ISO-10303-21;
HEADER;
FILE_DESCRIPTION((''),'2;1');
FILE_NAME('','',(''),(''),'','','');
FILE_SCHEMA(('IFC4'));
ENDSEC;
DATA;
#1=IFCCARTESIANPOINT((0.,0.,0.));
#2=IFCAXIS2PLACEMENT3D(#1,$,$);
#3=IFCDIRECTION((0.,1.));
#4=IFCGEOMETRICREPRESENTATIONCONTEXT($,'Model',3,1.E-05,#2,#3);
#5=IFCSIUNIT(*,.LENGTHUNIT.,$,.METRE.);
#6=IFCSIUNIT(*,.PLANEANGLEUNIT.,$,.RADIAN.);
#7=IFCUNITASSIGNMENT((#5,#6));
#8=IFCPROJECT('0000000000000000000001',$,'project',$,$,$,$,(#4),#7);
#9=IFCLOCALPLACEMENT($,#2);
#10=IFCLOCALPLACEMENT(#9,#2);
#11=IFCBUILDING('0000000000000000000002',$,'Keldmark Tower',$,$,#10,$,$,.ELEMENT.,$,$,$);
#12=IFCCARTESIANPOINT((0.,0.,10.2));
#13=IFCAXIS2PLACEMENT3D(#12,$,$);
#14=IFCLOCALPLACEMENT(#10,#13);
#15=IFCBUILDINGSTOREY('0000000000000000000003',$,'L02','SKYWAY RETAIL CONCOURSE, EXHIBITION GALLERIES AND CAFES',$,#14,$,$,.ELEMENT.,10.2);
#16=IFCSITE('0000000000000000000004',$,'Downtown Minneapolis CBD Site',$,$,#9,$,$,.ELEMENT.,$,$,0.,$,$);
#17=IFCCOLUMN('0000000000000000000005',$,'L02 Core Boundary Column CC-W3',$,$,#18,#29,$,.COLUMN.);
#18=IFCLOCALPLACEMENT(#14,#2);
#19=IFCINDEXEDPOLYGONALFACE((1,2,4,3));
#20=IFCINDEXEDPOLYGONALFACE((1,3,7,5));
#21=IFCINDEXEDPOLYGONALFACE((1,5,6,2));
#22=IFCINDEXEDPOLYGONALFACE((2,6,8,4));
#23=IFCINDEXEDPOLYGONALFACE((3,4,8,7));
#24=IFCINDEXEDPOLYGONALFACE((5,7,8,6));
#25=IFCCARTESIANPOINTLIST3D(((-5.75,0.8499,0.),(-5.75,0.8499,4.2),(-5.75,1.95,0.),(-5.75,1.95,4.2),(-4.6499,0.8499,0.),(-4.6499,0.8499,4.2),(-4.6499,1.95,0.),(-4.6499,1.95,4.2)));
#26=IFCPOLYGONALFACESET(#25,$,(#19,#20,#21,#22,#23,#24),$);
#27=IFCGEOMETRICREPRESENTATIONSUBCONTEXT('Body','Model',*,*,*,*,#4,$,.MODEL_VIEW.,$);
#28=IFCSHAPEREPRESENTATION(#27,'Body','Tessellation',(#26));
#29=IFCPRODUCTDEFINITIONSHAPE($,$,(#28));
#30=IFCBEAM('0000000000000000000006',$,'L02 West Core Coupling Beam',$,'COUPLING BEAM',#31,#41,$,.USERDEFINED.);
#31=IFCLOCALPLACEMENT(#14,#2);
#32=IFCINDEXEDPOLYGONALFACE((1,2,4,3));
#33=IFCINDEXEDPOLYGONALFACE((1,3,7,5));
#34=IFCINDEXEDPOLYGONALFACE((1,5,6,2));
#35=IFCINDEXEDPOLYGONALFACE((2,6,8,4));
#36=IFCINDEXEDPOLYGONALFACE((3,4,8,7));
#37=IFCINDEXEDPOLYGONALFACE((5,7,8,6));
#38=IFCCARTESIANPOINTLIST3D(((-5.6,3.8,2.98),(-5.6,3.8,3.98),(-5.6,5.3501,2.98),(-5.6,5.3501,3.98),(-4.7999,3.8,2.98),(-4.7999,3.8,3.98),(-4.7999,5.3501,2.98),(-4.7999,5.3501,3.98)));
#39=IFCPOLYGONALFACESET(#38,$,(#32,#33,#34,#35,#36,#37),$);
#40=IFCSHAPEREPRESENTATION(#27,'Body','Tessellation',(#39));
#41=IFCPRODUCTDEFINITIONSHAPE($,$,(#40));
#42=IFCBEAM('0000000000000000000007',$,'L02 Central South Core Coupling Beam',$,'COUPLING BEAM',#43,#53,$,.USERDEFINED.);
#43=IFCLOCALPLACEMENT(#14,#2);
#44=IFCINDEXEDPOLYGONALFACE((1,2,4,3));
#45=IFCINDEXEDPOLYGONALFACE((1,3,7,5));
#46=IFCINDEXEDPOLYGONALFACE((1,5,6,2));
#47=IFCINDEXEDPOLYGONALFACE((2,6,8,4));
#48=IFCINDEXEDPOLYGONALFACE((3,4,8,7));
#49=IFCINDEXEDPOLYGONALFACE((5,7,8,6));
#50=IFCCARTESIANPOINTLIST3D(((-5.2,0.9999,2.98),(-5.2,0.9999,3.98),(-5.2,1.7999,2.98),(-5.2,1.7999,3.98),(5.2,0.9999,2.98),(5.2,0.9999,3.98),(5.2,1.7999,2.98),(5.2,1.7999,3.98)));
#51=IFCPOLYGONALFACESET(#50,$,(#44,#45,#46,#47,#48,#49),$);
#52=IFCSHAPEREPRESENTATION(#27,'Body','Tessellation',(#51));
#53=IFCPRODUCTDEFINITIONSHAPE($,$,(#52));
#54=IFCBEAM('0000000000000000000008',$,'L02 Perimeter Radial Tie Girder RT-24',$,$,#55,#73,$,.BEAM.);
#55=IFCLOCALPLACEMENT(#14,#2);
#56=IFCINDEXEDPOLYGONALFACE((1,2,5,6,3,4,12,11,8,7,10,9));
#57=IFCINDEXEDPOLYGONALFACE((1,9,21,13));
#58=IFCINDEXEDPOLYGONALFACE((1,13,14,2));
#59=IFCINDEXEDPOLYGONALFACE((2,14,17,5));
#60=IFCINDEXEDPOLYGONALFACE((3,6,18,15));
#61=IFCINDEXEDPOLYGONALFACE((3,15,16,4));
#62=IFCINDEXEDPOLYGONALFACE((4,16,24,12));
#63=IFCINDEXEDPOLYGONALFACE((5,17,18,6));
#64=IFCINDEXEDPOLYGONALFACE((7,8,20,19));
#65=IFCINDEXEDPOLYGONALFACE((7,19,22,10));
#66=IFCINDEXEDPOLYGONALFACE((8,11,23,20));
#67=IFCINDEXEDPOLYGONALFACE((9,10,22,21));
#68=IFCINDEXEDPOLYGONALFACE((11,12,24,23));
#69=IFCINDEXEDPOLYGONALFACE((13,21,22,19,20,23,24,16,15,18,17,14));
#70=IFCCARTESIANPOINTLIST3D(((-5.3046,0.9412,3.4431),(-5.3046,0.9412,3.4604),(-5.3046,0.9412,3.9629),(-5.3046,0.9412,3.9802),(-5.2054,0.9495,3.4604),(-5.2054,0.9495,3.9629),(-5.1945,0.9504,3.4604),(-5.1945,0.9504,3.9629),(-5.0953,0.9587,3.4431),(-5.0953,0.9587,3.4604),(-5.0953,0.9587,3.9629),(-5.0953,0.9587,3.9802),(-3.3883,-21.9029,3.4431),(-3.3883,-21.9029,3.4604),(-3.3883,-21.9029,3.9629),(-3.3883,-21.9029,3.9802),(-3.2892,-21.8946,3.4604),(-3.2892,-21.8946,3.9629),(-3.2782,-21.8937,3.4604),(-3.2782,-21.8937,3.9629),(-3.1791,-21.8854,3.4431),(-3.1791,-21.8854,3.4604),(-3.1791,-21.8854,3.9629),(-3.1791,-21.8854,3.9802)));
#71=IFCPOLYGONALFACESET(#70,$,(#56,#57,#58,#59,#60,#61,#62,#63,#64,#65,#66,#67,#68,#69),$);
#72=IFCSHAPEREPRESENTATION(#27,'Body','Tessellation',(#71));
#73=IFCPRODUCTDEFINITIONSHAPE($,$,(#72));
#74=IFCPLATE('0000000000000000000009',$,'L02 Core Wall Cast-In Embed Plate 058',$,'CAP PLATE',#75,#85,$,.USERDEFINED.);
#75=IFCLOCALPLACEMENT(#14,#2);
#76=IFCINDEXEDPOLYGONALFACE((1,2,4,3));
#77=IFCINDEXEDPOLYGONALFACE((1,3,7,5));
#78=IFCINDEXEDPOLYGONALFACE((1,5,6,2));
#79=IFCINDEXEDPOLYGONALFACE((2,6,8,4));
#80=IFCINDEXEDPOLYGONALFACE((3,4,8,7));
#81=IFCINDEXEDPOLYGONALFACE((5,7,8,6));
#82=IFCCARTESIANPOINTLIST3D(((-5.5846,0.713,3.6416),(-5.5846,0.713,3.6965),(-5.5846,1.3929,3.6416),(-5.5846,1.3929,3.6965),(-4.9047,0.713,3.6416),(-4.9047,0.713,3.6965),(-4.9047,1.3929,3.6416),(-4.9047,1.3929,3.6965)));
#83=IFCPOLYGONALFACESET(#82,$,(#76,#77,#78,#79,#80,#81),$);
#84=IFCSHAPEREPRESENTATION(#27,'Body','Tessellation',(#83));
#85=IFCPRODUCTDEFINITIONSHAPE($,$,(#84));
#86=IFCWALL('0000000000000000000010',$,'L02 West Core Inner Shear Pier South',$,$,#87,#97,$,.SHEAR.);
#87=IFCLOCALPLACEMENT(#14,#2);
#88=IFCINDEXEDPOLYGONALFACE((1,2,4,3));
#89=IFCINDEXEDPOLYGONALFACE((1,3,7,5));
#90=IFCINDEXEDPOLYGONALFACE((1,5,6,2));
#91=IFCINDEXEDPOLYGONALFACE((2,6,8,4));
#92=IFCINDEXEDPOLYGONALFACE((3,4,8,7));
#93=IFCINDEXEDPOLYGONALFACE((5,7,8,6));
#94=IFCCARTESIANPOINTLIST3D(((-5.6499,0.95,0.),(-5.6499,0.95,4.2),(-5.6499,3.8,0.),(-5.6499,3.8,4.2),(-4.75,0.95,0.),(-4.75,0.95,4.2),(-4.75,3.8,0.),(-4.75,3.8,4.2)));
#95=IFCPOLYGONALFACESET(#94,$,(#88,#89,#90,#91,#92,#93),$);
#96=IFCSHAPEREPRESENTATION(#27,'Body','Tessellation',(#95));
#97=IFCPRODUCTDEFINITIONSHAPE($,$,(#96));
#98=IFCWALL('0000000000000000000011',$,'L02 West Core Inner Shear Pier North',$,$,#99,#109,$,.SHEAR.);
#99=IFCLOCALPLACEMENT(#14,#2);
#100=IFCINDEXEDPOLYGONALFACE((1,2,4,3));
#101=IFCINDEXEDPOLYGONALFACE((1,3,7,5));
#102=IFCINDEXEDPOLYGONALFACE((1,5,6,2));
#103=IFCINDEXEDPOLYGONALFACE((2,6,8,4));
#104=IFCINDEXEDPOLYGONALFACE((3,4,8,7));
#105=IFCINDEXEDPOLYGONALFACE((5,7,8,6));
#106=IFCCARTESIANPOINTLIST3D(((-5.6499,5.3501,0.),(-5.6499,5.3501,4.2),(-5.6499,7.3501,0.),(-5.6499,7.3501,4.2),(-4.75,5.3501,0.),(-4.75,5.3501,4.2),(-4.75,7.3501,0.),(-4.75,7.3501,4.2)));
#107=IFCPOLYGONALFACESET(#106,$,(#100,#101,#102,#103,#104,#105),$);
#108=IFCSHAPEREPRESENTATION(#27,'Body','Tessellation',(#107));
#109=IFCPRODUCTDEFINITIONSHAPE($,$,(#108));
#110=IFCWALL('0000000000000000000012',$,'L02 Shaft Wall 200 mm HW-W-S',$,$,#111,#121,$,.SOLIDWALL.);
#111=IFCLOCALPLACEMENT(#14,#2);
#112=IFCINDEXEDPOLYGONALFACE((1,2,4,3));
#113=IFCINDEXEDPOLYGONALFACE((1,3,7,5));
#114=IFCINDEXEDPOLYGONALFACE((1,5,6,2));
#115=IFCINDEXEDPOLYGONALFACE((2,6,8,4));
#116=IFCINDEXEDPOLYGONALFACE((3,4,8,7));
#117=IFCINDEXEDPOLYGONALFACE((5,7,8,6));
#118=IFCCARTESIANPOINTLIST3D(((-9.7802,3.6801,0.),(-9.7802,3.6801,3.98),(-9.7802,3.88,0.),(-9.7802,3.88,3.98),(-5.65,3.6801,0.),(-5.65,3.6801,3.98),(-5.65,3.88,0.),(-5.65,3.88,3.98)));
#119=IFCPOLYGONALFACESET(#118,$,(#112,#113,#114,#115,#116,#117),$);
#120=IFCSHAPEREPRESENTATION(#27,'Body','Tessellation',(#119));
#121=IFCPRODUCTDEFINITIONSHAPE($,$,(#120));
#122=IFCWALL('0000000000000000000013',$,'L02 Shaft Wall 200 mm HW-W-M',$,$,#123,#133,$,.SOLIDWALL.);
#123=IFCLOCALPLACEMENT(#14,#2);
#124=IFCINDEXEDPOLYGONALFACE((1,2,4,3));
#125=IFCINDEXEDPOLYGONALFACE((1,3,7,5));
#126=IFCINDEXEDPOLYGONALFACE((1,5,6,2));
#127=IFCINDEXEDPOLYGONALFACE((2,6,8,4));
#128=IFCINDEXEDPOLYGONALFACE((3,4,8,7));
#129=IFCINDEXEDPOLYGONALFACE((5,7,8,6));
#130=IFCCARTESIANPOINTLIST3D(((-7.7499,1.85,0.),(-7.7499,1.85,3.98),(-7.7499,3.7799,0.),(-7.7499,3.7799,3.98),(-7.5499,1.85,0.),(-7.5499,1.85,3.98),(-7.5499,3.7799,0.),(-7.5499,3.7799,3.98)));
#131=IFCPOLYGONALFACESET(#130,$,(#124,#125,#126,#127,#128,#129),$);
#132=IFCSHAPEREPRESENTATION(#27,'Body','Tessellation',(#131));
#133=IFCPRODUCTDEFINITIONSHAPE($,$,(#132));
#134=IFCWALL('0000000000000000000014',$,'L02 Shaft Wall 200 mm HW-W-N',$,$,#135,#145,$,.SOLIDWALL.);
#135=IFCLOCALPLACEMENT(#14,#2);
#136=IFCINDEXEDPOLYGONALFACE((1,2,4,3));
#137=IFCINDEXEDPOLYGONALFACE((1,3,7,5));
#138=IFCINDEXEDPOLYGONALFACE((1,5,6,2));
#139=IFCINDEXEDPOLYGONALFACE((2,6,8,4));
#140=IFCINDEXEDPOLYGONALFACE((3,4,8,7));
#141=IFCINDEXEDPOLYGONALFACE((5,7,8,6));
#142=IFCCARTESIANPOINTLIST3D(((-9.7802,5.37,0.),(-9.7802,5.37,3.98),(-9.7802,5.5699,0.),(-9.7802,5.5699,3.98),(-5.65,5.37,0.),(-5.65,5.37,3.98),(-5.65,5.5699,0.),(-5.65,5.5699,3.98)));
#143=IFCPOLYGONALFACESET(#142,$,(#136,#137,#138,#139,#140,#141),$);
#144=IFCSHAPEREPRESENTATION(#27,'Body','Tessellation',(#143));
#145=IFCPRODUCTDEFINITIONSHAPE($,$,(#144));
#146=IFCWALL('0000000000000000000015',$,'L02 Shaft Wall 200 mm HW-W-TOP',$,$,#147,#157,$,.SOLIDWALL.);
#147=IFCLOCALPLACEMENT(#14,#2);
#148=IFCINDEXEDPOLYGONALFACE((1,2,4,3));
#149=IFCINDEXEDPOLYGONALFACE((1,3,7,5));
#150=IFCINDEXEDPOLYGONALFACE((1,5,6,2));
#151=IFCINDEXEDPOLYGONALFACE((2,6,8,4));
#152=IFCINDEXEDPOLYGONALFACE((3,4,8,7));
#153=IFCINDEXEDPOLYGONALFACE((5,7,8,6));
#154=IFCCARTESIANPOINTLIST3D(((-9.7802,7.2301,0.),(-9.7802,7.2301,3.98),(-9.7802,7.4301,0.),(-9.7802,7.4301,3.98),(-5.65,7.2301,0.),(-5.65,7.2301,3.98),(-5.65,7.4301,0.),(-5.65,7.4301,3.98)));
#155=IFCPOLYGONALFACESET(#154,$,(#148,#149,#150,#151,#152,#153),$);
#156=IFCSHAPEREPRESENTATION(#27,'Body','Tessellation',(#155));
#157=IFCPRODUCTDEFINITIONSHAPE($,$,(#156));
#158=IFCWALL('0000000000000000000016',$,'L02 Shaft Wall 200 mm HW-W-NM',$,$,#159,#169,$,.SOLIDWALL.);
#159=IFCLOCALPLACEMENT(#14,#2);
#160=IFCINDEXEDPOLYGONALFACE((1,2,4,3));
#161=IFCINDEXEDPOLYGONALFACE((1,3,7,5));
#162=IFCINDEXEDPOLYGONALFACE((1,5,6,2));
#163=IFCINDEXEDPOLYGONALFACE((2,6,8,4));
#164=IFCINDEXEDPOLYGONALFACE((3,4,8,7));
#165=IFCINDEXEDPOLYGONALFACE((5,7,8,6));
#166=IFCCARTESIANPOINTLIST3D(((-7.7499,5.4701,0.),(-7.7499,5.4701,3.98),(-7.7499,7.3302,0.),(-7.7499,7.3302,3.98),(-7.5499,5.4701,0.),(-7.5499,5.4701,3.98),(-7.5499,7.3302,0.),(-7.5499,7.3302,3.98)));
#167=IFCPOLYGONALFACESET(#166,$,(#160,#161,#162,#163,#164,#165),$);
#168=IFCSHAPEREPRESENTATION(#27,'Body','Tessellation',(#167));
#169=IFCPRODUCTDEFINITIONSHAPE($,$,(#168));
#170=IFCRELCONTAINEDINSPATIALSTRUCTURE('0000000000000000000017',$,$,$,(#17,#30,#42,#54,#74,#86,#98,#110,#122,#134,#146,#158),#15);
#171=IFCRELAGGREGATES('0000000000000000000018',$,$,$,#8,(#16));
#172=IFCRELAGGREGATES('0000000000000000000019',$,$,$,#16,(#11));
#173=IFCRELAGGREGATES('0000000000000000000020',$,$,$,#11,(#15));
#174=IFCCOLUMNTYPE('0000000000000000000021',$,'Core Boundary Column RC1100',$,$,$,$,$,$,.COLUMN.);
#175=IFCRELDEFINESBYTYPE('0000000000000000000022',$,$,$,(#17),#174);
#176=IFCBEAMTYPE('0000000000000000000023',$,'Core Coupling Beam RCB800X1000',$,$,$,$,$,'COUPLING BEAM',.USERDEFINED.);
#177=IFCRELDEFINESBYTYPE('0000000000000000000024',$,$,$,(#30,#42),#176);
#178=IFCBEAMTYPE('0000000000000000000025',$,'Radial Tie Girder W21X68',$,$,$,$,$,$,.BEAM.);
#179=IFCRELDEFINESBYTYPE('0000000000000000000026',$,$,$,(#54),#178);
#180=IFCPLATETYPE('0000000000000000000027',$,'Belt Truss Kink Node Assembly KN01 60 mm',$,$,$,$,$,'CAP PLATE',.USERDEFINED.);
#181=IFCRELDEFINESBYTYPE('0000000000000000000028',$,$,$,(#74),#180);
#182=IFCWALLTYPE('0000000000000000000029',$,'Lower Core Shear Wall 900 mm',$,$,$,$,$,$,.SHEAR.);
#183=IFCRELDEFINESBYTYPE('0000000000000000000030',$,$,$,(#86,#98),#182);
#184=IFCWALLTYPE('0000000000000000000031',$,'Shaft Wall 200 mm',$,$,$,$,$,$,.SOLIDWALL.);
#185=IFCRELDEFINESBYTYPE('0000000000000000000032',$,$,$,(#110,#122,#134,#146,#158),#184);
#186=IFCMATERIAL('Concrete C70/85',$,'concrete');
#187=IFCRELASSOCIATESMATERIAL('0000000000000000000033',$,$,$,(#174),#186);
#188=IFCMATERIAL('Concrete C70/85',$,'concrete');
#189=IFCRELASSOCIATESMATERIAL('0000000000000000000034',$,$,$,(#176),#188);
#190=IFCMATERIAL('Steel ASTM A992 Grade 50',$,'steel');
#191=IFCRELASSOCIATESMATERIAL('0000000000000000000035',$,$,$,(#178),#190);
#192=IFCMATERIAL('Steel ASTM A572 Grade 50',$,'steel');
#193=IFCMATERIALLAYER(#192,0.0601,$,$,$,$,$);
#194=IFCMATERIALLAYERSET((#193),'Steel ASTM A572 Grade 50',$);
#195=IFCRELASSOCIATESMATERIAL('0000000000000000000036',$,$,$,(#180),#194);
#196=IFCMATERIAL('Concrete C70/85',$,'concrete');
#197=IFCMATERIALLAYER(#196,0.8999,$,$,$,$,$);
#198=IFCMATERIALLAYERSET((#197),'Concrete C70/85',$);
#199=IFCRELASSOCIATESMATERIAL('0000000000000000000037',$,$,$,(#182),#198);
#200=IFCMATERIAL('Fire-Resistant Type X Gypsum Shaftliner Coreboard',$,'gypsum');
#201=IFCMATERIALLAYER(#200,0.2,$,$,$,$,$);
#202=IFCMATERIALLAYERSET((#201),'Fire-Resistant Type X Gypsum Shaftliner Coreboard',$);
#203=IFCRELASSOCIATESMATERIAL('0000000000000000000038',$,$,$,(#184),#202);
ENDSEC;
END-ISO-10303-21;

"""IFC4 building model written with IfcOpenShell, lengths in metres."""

from ifc_helpers import new_model, si_unit, direction, frame, frame_2d, origin, origin_2d, place, context, subcontext, project, spatial, rectangle, i_section, extrude, material, layer, layer_set, material_profile, profile_set, type_object, element, save


model = new_model("IFC4")

# Units and contexts
model_context = context("Model", 3, precision=1e-05, world=origin(), true_north=direction((0.0, 1.0)))
body_context = subcontext(model_context, "Body", "Model", "MODEL_VIEW")
ifc_project = project(units=[si_unit("LENGTHUNIT", "METRE"), si_unit("PLANEANGLEUNIT", "RADIAN")], contexts=[model_context])

# Site, building, storey
site_placement = place(None, origin())
site = spatial("IfcSite", under=ifc_project, at=site_placement, Name="Downtown Minneapolis CBD Site", CompositionType="ELEMENT", RefElevation=0.0)
building_placement = place(site_placement, origin())
building = spatial("IfcBuilding", under=site, at=building_placement, Name="Keldmark Tower", CompositionType="ELEMENT")
storey_placement = place(building_placement, frame((0.0, 0.0, 10.2)))
storey = spatial("IfcBuildingStorey", under=building, at=storey_placement, Name="L02", Description="SKYWAY RETAIL CONCOURSE, EXHIBITION GALLERIES AND CAFES", CompositionType="ELEMENT", Elevation=10.2)

# Column
ifc_material_1 = material(Name="Concrete C70/85", Category="concrete")
ifc_material_profile_1 = material_profile(ifc_material_1, rectangle(XDim=1.1001, YDim=1.1001, at=origin_2d()), Name="RC1100X1100")
ifc_profile_set_1 = profile_set([ifc_material_profile_1], Name="Concrete C70/85")
column_type = type_object("IfcColumnType", Name="Core Boundary Column RC1100", PredefinedType="COLUMN", material=ifc_profile_set_1)
column_placement = place(storey_placement, frame((-5.2, 1.3999, 0.0), z_axis=(0.0, 0.0, 1.0), x_axis=(1.0, 0.0, 0.0)))
element("IfcColumn", 1, at=column_placement, inside=storey, type_object=column_type, Name="L02 Core Boundary Column CC-W3", PredefinedType="COLUMN", context=body_context, shape_type="SweptSolid", body=[
    extrude(rectangle(XDim=1.1001, YDim=1.1001, at=origin_2d()), origin(), (0.0, 0.0, 1.0), 4.2),
])

# Beams
ifc_material_2 = material(Name="Concrete C70/85", Category="concrete")
ifc_material_profile_2 = material_profile(ifc_material_2, rectangle(XDim=0.8, YDim=1.0, at=origin_2d()), Name="RCB800X1000")
ifc_profile_set_2 = profile_set([ifc_material_profile_2], Name="Concrete C70/85")
beam_type_1 = type_object("IfcBeamType", Name="Core Coupling Beam RCB800X1000", ElementType="COUPLING BEAM", PredefinedType="USERDEFINED", material=ifc_profile_set_2)
beam_1_placement = place(storey_placement, frame((-5.2, 3.8, 3.48), z_axis=(0.0, 1.0, 0.0), x_axis=(-1.0, 0.0, 0.0)))
element("IfcBeam", 2, at=beam_1_placement, inside=storey, type_object=beam_type_1, Name="L02 West Core Coupling Beam", ObjectType="COUPLING BEAM", PredefinedType="USERDEFINED", context=body_context, shape_type="SweptSolid", body=[
    extrude(rectangle(XDim=0.8, YDim=1.0, at=origin_2d()), origin(), (0.0, 0.0, 1.0), 1.55),
])
beam_2_placement = place(storey_placement, frame((-5.2, 1.3999, 3.48), z_axis=(1.0, 0.0, 0.0), x_axis=(0.0, 1.0, 0.0)))
element("IfcBeam", 3, at=beam_2_placement, inside=storey, type_object=beam_type_1, Name="L02 Central South Core Coupling Beam", ObjectType="COUPLING BEAM", PredefinedType="USERDEFINED", context=body_context, shape_type="SweptSolid", body=[
    extrude(rectangle(XDim=0.8, YDim=1.0, at=origin_2d()), origin(), (0.0, 0.0, 1.0), 10.3999),
])
ifc_material_3 = material(Name="Steel ASTM A992 Grade 50", Category="steel")
ifc_material_profile_3 = material_profile(ifc_material_3, i_section(OverallWidth=0.21, OverallDepth=0.5371, WebThickness=0.011, FlangeThickness=0.0173, at=origin_2d()), Name="W21X68")
ifc_profile_set_3 = profile_set([ifc_material_profile_3], Name="Steel ASTM A992 Grade 50")
beam_type_2 = type_object("IfcBeamType", Name="Radial Tie Girder W21X68", PredefinedType="BEAM", material=ifc_profile_set_3)
beam_3_placement = place(storey_placement, frame((-5.2, 0.95, 3.7117), z_axis=(0.083591, -0.9965, 0.0), x_axis=(0.9965, 0.083591, 0.0)))
element("IfcBeam", 4, at=beam_3_placement, inside=storey, type_object=beam_type_2, Name="L02 Perimeter Radial Tie Girder RT-24", PredefinedType="BEAM", context=body_context, shape_type="SweptSolid", body=[
    extrude(i_section(OverallWidth=0.21, OverallDepth=0.5371, WebThickness=0.011, FlangeThickness=0.0173, at=origin_2d()), origin(), (0.0, 0.0, 1.0), 22.9243),
])

# Plate
ifc_material_4 = material(Name="Steel ASTM A572 Grade 50", Category="steel")
ifc_layer_1 = layer(ifc_material_4, 0.0601)
ifc_layer_set_1 = layer_set([ifc_layer_1], Name="Steel ASTM A572 Grade 50")
plate_type = type_object("IfcPlateType", Name="Belt Truss Kink Node Assembly KN01 60 mm", ElementType="CAP PLATE", PredefinedType="USERDEFINED", material=ifc_layer_set_1)
plate_placement = place(storey_placement, frame((-5.2446, 1.053, 3.6416), z_axis=(0.0, 0.0, 1.0), x_axis=(1.0, 0.0, 0.0)))
element("IfcPlate", 5, at=plate_placement, inside=storey, type_object=plate_type, Name="L02 Core Wall Cast-In Embed Plate 058", ObjectType="CAP PLATE", PredefinedType="USERDEFINED", context=body_context, shape_type="SweptSolid", body=[
    extrude(rectangle(XDim=0.6799, YDim=0.6799, at=origin_2d()), origin(), (0.0, 0.0, 1.0), 0.0549),
])

# Walls
ifc_material_5 = material(Name="Concrete C70/85", Category="concrete")
ifc_layer_2 = layer(ifc_material_5, 0.8999)
ifc_layer_set_2 = layer_set([ifc_layer_2], Name="Concrete C70/85")
wall_type_1 = type_object("IfcWallType", Name="Lower Core Shear Wall 900 mm", PredefinedType="SHEAR", material=ifc_layer_set_2)
wall_1_placement = place(storey_placement, frame((-5.2, 0.95, 0.0), z_axis=(0.0, 0.0, 1.0), x_axis=(0.0, 1.0, 0.0)))
element("IfcWall", 6, at=wall_1_placement, inside=storey, type_object=wall_type_1, Name="L02 West Core Inner Shear Pier South", PredefinedType="SHEAR", context=body_context, shape_type="SweptSolid", body=[
    extrude(rectangle(XDim=2.8501, YDim=0.8999, at=frame_2d((1.425, 0.0))), origin(), (0.0, 0.0, 1.0), 4.2),
])
wall_2_placement = place(storey_placement, frame((-5.2, 5.3501, 0.0), z_axis=(0.0, 0.0, 1.0), x_axis=(0.0, 1.0, 0.0)))
element("IfcWall", 7, at=wall_2_placement, inside=storey, type_object=wall_type_1, Name="L02 West Core Inner Shear Pier North", PredefinedType="SHEAR", context=body_context, shape_type="SweptSolid", body=[
    extrude(rectangle(XDim=2.0, YDim=0.8999, at=frame_2d((1.0, 0.0))), origin(), (0.0, 0.0, 1.0), 4.2),
])
ifc_material_6 = material(Name="Fire-Resistant Type X Gypsum Shaftliner Coreboard", Category="gypsum")
ifc_layer_3 = layer(ifc_material_6, 0.2)
ifc_layer_set_3 = layer_set([ifc_layer_3], Name="Fire-Resistant Type X Gypsum Shaftliner Coreboard")
wall_type_2 = type_object("IfcWallType", Name="Shaft Wall 200 mm", PredefinedType="SOLIDWALL", material=ifc_layer_set_3)
wall_3_placement = place(storey_placement, frame((-9.78, 3.78, 0.0), z_axis=(0.0, 0.0, 1.0), x_axis=(1.0, 0.0, 0.0)))
element("IfcWall", 8, at=wall_3_placement, inside=storey, type_object=wall_type_2, Name="L02 Shaft Wall 200 mm HW-W-S", PredefinedType="SOLIDWALL", context=body_context, shape_type="SweptSolid", body=[
    extrude(rectangle(XDim=4.1301, YDim=0.2, at=frame_2d((2.0649, 0.0))), origin(), (0.0, 0.0, 1.0), 3.98),
])
wall_4_placement = place(storey_placement, frame((-7.6499, 1.8501, 0.0), z_axis=(0.0, 0.0, 1.0), x_axis=(0.0, 1.0, 0.0)))
element("IfcWall", 9, at=wall_4_placement, inside=storey, type_object=wall_type_2, Name="L02 Shaft Wall 200 mm HW-W-M", PredefinedType="SOLIDWALL", context=body_context, shape_type="SweptSolid", body=[
    extrude(rectangle(XDim=1.9299, YDim=0.2, at=frame_2d((0.9648, 0.0))), origin(), (0.0, 0.0, 1.0), 3.98),
])
for number, where, z_axis, x_axis, name in (
    (10, (-9.78, 5.47, 0.0), (0.0, 0.0, 1.0), (1.0, 0.0, 0.0), "L02 Shaft Wall 200 mm HW-W-N"),
    (11, (-9.78, 7.3301, 0.0), (0.0, 0.0, 1.0), (1.0, 0.0, 0.0), "L02 Shaft Wall 200 mm HW-W-TOP"),
):
    element("IfcWall", number, at=place(storey_placement, frame(where, z_axis=z_axis, x_axis=x_axis)), inside=storey, type_object=wall_type_2, Name=name, PredefinedType="SOLIDWALL", context=body_context, shape_type="SweptSolid", body=[
        extrude(rectangle(XDim=4.1301, YDim=0.2, at=frame_2d((2.0649, 0.0))), origin(), (0.0, 0.0, 1.0), 3.98),
    ])
wall_5_placement = place(storey_placement, frame((-7.6499, 5.47, 0.0), z_axis=(0.0, 0.0, 1.0), x_axis=(0.0, 1.0, 0.0)))
element("IfcWall", 12, at=wall_5_placement, inside=storey, type_object=wall_type_2, Name="L02 Shaft Wall 200 mm HW-W-NM", PredefinedType="SOLIDWALL", context=body_context, shape_type="SweptSolid", body=[
    extrude(rectangle(XDim=1.8601, YDim=0.2, at=frame_2d((0.9302, 0.0))), origin(), (0.0, 0.0, 1.0), 3.98),
])

save(model, "model.ifc")
